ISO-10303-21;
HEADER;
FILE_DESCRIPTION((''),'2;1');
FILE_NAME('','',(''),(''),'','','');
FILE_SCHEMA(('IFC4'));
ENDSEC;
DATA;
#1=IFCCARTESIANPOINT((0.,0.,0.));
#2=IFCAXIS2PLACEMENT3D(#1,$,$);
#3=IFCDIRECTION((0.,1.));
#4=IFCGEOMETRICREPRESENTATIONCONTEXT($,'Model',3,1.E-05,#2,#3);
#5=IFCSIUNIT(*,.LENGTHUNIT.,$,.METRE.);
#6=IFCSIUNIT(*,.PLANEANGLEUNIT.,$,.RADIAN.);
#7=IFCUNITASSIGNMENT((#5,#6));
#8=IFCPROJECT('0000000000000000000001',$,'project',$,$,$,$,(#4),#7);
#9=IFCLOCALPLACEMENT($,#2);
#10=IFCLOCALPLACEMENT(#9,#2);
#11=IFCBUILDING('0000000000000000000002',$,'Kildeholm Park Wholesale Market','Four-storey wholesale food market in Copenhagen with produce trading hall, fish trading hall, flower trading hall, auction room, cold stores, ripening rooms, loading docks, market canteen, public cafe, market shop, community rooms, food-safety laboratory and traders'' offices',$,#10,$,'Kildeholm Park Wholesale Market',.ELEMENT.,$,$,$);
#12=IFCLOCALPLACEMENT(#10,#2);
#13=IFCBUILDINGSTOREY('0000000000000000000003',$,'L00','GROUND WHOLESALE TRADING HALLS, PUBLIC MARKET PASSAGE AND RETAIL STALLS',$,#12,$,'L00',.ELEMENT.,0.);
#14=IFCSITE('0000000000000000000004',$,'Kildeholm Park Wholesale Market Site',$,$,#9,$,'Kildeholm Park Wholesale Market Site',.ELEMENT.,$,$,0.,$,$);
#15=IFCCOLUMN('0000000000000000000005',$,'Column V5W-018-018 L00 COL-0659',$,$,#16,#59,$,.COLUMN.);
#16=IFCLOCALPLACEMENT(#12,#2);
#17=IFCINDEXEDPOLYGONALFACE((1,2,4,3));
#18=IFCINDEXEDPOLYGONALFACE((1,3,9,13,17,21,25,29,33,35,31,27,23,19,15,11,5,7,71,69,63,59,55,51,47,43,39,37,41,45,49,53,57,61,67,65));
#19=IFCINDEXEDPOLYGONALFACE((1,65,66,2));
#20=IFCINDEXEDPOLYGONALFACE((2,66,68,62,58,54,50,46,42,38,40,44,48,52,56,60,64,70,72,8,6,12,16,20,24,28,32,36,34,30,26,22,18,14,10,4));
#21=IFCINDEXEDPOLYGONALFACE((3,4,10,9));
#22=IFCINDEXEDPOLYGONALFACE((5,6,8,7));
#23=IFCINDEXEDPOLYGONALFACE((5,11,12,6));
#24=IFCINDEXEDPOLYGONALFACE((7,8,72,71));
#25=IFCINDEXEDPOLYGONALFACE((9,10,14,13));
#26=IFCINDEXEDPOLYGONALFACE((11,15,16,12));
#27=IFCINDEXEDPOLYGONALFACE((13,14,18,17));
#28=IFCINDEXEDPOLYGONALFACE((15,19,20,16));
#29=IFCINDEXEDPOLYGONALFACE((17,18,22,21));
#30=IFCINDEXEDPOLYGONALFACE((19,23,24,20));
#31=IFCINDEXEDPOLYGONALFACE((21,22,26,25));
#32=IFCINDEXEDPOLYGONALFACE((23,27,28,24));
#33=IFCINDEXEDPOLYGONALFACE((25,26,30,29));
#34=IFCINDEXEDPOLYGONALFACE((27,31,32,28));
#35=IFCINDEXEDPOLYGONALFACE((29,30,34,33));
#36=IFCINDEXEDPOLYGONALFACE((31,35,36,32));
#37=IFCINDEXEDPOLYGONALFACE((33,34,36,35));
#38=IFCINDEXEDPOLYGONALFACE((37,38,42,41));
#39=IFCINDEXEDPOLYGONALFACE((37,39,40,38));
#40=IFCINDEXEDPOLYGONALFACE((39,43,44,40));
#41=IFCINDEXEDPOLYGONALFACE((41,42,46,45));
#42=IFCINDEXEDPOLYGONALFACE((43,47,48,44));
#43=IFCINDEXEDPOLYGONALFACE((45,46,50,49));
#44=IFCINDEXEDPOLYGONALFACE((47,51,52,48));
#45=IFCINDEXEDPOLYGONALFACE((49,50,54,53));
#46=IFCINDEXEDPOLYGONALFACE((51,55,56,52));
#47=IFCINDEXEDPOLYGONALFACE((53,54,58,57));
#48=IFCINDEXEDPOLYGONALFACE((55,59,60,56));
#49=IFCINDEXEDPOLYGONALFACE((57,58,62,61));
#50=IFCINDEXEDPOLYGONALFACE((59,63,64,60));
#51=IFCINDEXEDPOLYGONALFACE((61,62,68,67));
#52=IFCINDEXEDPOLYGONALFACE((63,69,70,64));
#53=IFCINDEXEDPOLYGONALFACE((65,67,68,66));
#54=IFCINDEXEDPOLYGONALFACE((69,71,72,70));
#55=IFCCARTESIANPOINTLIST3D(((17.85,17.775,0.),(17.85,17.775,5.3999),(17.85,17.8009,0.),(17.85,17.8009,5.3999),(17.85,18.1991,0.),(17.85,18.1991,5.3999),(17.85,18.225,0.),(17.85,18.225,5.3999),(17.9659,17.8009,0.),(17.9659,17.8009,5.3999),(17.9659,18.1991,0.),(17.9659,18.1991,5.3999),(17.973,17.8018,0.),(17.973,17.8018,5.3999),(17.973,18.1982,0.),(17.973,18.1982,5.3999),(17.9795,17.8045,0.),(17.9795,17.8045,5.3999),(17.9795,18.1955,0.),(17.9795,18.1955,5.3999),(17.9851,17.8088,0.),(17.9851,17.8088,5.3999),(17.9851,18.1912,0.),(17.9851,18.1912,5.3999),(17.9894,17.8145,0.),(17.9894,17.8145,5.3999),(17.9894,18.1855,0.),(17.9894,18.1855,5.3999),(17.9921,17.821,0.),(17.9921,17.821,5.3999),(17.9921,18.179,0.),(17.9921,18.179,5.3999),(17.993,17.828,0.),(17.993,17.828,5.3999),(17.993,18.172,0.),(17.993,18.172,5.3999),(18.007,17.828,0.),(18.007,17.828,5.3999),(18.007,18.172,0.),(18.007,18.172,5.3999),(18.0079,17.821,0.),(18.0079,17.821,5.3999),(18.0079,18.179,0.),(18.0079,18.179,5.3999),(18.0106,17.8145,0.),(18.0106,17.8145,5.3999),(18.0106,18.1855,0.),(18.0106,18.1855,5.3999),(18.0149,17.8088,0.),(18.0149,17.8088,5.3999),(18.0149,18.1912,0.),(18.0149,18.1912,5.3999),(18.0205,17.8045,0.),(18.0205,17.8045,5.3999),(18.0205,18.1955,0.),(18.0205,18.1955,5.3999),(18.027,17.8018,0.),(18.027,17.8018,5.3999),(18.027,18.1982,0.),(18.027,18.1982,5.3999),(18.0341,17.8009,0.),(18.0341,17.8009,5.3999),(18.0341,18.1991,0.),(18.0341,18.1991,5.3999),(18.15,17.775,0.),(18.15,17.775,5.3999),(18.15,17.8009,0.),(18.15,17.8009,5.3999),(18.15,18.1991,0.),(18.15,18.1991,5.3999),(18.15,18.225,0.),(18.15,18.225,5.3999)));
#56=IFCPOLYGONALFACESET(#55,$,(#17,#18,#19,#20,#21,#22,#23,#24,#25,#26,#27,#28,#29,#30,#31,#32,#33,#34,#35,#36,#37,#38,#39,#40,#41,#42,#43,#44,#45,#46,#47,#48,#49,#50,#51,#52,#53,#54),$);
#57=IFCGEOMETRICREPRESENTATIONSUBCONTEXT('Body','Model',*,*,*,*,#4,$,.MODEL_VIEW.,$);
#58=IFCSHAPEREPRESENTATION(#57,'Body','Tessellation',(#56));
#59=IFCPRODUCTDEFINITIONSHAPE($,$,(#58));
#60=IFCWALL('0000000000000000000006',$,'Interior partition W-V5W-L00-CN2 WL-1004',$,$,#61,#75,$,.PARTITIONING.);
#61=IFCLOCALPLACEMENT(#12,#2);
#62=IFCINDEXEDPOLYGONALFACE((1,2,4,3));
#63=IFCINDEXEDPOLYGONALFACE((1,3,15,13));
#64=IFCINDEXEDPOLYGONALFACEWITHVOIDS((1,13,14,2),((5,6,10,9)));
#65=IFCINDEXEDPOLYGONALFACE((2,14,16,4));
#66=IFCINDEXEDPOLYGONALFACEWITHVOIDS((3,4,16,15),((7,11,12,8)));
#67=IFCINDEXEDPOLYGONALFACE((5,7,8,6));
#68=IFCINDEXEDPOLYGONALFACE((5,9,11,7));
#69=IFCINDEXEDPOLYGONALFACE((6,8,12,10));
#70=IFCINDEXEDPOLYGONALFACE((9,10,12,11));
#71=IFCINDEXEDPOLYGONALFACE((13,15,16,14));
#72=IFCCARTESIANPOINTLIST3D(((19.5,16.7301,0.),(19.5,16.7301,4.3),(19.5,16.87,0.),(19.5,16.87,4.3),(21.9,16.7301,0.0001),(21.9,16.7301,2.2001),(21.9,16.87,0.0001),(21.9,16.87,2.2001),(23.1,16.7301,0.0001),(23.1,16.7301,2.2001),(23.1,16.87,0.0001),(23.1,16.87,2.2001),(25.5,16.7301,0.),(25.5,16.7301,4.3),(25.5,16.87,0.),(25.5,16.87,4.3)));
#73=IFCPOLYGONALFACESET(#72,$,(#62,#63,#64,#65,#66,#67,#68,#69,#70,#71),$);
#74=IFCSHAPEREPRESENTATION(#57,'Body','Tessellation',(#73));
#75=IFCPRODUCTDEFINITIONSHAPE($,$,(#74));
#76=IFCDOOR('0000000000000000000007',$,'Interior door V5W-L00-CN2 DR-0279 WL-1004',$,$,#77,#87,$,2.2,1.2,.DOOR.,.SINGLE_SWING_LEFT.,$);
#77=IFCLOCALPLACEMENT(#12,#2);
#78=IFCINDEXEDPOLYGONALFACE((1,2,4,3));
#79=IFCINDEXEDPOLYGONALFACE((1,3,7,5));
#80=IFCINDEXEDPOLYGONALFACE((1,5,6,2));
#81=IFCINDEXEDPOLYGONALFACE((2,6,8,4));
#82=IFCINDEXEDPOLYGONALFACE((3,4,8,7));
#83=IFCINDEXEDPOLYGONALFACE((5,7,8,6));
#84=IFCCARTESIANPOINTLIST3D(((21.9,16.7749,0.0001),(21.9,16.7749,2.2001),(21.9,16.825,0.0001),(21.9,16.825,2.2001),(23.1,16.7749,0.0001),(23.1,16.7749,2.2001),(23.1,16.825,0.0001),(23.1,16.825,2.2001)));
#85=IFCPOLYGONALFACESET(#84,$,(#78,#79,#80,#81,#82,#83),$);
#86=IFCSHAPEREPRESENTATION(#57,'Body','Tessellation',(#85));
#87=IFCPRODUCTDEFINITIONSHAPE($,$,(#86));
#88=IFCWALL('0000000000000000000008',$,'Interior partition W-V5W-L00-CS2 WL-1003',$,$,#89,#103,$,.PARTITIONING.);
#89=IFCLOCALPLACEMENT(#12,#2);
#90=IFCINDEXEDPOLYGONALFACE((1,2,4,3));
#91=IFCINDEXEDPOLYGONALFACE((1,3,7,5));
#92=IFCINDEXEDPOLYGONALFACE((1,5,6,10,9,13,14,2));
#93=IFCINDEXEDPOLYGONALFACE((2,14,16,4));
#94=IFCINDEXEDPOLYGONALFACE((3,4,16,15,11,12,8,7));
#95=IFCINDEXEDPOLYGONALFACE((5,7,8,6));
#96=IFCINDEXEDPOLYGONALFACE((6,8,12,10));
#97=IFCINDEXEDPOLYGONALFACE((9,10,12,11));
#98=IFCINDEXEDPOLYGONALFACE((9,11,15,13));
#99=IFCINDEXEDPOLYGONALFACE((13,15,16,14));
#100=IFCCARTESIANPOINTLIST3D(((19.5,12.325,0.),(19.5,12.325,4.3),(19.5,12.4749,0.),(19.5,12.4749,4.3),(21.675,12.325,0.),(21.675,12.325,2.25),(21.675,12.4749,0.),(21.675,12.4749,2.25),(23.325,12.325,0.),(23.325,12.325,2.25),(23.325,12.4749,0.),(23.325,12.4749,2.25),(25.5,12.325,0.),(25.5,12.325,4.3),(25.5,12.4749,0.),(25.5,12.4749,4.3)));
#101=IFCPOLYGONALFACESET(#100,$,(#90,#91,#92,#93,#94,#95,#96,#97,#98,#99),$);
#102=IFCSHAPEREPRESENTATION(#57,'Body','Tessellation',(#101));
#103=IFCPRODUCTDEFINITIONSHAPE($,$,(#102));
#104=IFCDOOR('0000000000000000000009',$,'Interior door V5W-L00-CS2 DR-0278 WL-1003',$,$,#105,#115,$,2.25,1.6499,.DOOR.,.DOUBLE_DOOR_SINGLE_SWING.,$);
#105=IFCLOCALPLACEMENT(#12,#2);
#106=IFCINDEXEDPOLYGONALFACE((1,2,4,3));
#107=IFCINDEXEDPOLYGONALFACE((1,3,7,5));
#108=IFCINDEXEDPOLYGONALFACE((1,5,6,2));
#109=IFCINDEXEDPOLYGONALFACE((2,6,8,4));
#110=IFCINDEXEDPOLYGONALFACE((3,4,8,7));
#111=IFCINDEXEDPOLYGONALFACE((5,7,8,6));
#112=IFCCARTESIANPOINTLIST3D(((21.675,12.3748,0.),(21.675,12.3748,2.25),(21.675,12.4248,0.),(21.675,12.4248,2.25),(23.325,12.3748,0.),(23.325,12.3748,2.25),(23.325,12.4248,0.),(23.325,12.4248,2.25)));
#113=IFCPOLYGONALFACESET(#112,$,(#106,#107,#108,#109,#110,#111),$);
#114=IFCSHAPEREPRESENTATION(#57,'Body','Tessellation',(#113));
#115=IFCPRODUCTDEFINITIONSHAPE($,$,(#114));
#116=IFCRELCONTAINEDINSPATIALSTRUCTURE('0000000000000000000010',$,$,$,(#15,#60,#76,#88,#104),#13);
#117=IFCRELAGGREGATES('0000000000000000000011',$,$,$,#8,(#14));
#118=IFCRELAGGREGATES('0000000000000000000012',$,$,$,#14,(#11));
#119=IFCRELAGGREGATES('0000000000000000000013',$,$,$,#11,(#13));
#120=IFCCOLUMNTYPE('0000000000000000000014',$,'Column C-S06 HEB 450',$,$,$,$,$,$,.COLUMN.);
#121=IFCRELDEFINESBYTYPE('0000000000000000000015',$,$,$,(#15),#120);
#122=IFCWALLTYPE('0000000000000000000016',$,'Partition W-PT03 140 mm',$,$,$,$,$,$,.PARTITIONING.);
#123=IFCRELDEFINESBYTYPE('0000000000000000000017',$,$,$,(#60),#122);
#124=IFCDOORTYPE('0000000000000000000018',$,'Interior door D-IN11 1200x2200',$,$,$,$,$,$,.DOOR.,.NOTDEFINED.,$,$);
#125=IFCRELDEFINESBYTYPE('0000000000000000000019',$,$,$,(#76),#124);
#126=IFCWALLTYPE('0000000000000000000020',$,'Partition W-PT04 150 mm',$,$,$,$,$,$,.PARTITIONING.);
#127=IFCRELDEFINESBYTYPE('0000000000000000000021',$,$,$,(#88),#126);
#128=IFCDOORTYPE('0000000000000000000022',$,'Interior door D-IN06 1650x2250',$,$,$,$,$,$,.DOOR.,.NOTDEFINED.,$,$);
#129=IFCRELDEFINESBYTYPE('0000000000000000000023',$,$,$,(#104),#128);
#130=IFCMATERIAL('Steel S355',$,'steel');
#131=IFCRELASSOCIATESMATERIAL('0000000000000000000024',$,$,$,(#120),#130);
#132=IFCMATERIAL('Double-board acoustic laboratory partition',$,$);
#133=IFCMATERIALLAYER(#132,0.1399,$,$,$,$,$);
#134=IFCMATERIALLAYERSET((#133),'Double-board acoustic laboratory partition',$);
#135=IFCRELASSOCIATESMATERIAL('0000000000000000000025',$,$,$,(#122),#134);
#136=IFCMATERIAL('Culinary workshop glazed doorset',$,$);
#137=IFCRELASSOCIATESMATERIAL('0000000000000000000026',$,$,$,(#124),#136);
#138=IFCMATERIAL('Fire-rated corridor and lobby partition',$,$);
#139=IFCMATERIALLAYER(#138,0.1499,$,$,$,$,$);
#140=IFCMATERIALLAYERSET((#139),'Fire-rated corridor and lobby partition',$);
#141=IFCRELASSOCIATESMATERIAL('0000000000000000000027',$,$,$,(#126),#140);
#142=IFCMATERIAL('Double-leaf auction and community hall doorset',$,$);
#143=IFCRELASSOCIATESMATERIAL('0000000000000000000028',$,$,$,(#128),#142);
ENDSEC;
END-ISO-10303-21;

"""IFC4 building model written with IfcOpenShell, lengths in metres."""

from ifc_helpers import new_model, si_unit, direction, frame, frame_2d, origin, origin_2d, place, context, subcontext, project, spatial, rectangle, i_section, extrude, material, layer, layer_set, material_profile, profile_set, type_object, element, fill, save


model = new_model("IFC4")

# Units and contexts
model_context = context("Model", 3, precision=1e-05, world=origin(), true_north=direction((0.0, 1.0)))
body_context = subcontext(model_context, "Body", "Model", "MODEL_VIEW")
ifc_project = project(units=[si_unit("LENGTHUNIT", "METRE"), si_unit("PLANEANGLEUNIT", "RADIAN")], contexts=[model_context])

# Site, building, storey
site_placement = place(None, origin())
site = spatial("IfcSite", under=ifc_project, at=site_placement, Name="Kildeholm Park Wholesale Market Site", LongName="Kildeholm Park Wholesale Market Site", CompositionType="ELEMENT", RefElevation=0.0)
building_placement = place(site_placement, origin())
building = spatial("IfcBuilding", under=site, at=building_placement, Name="Kildeholm Park Wholesale Market", Description="Four-storey wholesale food market in Copenhagen with produce trading hall, fish trading hall, flower trading hall, auction room, cold stores, ripening rooms, loading docks, market canteen, public cafe, market shop, community rooms, food-safety laboratory and traders' offices", LongName="Kildeholm Park Wholesale Market", CompositionType="ELEMENT")
storey_placement = place(building_placement, origin())
storey = spatial("IfcBuildingStorey", under=building, at=storey_placement, Name="L00", Description="GROUND WHOLESALE TRADING HALLS, PUBLIC MARKET PASSAGE AND RETAIL STALLS", LongName="L00", CompositionType="ELEMENT", Elevation=0.0)

# Column
ifc_material_1 = material(Name="Steel S355", Category="steel")
ifc_material_profile_1 = material_profile(ifc_material_1, i_section(OverallWidth=0.3, OverallDepth=0.45, WebThickness=0.0139, FlangeThickness=0.0259, FilletRadius=0.0271, at=origin_2d()), Name="HEB 450")
ifc_profile_set_1 = profile_set([ifc_material_profile_1], Name="Steel S355")
column_type = type_object("IfcColumnType", Name="Column C-S06 HEB 450", PredefinedType="COLUMN", material=ifc_profile_set_1)
for number, where, z_axis, x_axis, name in (
    (1, (18.0, 18.0, 0.0), (0.0, 0.0, 1.0), (1.0, 0.0, 0.0), "Column V5W-018-018 L00 COL-0659"),
):
    element("IfcColumn", number, at=place(storey_placement, frame(where, z_axis=z_axis, x_axis=x_axis)), inside=storey, type_object=column_type, Name=name, PredefinedType="COLUMN", context=body_context, shape_type="SweptSolid", body=[
        extrude(i_section(OverallWidth=0.3, OverallDepth=0.45, WebThickness=0.0139, FlangeThickness=0.0259, FilletRadius=0.0271, at=origin_2d()), origin(), (0.0, 0.0, 1.0), 5.3999),
    ])

# Walls, openings, doors
ifc_material_2 = material(Name="Double-board acoustic laboratory partition")
ifc_layer_1 = layer(ifc_material_2, 0.1399)
ifc_layer_set_1 = layer_set([ifc_layer_1], Name="Double-board acoustic laboratory partition")
wall_type_1 = type_object("IfcWallType", Name="Partition W-PT03 140 mm", PredefinedType="PARTITIONING", material=ifc_layer_set_1)
wall_1_placement = place(storey_placement, frame((19.5, 16.8, 0.0), z_axis=(0.0, 0.0, 1.0), x_axis=(1.0, 0.0, 0.0)))
wall_1 = element("IfcWall", 2, at=wall_1_placement, inside=storey, type_object=wall_type_1, Name="Interior partition W-V5W-L00-CN2 WL-1004", PredefinedType="PARTITIONING", context=body_context, shape_type="SweptSolid", body=[
    extrude(rectangle(XDim=6.0, YDim=0.1399, at=frame_2d((3.0, 0.0))), origin(), (0.0, 0.0, 1.0), 4.3),
])
opening_1_placement = place(wall_1_placement, frame((2.3999, 0.0, 0.0)))
opening_1 = element("IfcOpeningElement", 3, at=opening_1_placement, cuts=wall_1, PredefinedType="OPENING", context=body_context, shape_type="SweptSolid", body=[
    extrude(rectangle(XDim=1.2, YDim=2.2, at=frame_2d((0.6001, 1.1001))), frame((0.0, 0.0798, 0.0), z_axis=(0.0, -1.0, 0.0), x_axis=(1.0, 0.0, 0.0)), (0.0, 0.0, 1.0), 0.1599),
])
ifc_material_3 = material(Name="Culinary workshop glazed doorset")
door_type_1 = type_object("IfcDoorType", Name="Interior door D-IN11 1200x2200", OperationType="NOTDEFINED", PredefinedType="DOOR", material=ifc_material_3)
door_1_placement = place(opening_1_placement, origin())
door_1 = element("IfcDoor", 4, at=door_1_placement, inside=storey, type_object=door_type_1, Name="Interior door V5W-L00-CN2 DR-0279 WL-1004", OperationType="SINGLE_SWING_LEFT", OverallHeight=2.2, OverallWidth=1.2, PredefinedType="DOOR", context=body_context, shape_type="SweptSolid", body=[
    extrude(rectangle(XDim=1.2, YDim=2.2, at=frame_2d((0.6001, 1.1001))), frame((0.0, 0.0249, 0.0), z_axis=(0.0, -1.0, 0.0), x_axis=(1.0, 0.0, 0.0)), (0.0, 0.0, 1.0), 0.05),
])
fill(opening_1, door_1)
ifc_material_4 = material(Name="Fire-rated corridor and lobby partition")
ifc_layer_2 = layer(ifc_material_4, 0.1499)
ifc_layer_set_2 = layer_set([ifc_layer_2], Name="Fire-rated corridor and lobby partition")
wall_type_2 = type_object("IfcWallType", Name="Partition W-PT04 150 mm", PredefinedType="PARTITIONING", material=ifc_layer_set_2)
wall_2_placement = place(storey_placement, frame((19.5, 12.3999, 0.0), z_axis=(0.0, 0.0, 1.0), x_axis=(1.0, 0.0, 0.0)))
wall_2 = element("IfcWall", 5, at=wall_2_placement, inside=storey, type_object=wall_type_2, Name="Interior partition W-V5W-L00-CS2 WL-1003", PredefinedType="PARTITIONING", context=body_context, shape_type="SweptSolid", body=[
    extrude(rectangle(XDim=6.0, YDim=0.1499, at=frame_2d((3.0, 0.0))), origin(), (0.0, 0.0, 1.0), 4.3),
])
opening_2_placement = place(wall_2_placement, frame((2.175, 0.0, 0.0)))
opening_2 = element("IfcOpeningElement", 6, at=opening_2_placement, cuts=wall_2, PredefinedType="OPENING", context=body_context, shape_type="SweptSolid", body=[
    extrude(rectangle(XDim=1.6499, YDim=2.25, at=frame_2d((0.825, 1.125))), frame((0.0, 0.085, 0.0), z_axis=(0.0, -1.0, 0.0), x_axis=(1.0, 0.0, 0.0)), (0.0, 0.0, 1.0), 0.1699),
])
ifc_material_5 = material(Name="Double-leaf auction and community hall doorset")
door_type_2 = type_object("IfcDoorType", Name="Interior door D-IN06 1650x2250", OperationType="NOTDEFINED", PredefinedType="DOOR", material=ifc_material_5)
door_2_placement = place(opening_2_placement, origin())
door_2 = element("IfcDoor", 7, at=door_2_placement, inside=storey, type_object=door_type_2, Name="Interior door V5W-L00-CS2 DR-0278 WL-1003", OperationType="DOUBLE_DOOR_SINGLE_SWING", OverallHeight=2.25, OverallWidth=1.6499, PredefinedType="DOOR", context=body_context, shape_type="SweptSolid", body=[
    extrude(rectangle(XDim=1.6499, YDim=2.25, at=frame_2d((0.825, 1.125))), frame((0.0, 0.0249, 0.0), z_axis=(0.0, -1.0, 0.0), x_axis=(1.0, 0.0, 0.0)), (0.0, 0.0, 1.0), 0.05),
])
fill(opening_2, door_2)

save(model, "model.ifc")
